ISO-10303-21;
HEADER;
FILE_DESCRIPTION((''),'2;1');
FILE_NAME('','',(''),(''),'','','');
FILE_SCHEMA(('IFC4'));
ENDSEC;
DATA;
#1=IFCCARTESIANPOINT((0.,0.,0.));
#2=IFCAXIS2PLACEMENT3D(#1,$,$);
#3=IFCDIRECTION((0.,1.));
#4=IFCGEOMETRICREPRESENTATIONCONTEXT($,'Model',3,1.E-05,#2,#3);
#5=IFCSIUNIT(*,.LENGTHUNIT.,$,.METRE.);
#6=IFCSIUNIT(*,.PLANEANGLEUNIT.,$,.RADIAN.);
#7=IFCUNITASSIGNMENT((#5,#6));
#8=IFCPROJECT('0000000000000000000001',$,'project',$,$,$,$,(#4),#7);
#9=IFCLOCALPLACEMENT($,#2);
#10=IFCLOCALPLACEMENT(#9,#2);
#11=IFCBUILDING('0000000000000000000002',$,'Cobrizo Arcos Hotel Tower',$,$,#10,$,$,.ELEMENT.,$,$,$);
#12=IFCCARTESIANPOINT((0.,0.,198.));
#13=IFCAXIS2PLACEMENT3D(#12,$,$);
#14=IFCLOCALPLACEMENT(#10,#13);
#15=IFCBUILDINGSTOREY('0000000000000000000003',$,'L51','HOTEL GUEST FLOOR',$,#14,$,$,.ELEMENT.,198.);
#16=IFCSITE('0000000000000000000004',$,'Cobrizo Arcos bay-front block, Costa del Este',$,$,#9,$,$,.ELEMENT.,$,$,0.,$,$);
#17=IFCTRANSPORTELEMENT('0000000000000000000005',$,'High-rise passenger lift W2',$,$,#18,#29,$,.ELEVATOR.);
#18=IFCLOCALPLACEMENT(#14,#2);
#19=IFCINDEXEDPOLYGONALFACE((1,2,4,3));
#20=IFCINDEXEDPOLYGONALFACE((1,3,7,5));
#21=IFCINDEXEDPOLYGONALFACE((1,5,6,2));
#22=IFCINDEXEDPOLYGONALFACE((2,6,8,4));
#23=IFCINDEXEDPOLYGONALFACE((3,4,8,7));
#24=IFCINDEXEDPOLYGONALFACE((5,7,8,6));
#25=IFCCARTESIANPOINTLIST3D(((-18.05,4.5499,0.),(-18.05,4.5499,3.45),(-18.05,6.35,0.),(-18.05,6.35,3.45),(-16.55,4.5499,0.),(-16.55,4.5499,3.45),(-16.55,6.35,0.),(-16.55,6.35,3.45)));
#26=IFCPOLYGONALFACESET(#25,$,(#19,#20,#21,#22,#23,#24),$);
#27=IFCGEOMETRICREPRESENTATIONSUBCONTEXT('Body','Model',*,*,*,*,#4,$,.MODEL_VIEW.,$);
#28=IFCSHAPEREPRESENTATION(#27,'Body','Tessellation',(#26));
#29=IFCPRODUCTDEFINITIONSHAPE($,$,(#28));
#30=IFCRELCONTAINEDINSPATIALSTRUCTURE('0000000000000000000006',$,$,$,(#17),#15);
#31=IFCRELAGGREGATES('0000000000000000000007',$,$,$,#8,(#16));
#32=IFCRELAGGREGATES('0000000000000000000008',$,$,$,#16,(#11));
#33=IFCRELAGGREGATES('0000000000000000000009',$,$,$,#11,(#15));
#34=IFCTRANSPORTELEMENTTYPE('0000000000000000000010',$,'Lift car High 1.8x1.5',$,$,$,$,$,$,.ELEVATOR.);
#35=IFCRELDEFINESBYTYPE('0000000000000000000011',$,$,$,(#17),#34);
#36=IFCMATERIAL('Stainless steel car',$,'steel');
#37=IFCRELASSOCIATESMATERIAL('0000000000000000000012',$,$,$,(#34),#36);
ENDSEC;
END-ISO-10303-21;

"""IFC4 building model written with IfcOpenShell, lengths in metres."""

from ifc_helpers import new_model, si_unit, direction, frame, origin, origin_2d, place, context, subcontext, project, spatial, rectangle, extrude, material, type_object, element, save


model = new_model("IFC4")

# Units and contexts
model_context = context("Model", 3, precision=1e-05, world=origin(), true_north=direction((0.0, 1.0)))
body_context = subcontext(model_context, "Body", "Model", "MODEL_VIEW")
ifc_project = project(units=[si_unit("LENGTHUNIT", "METRE"), si_unit("PLANEANGLEUNIT", "RADIAN")], contexts=[model_context])

# Site, building, storey
site_placement = place(None, origin())
site = spatial("IfcSite", under=ifc_project, at=site_placement, Name="Cobrizo Arcos bay-front block, Costa del Este", CompositionType="ELEMENT", RefElevation=0.0)
building_placement = place(site_placement, origin())
building = spatial("IfcBuilding", under=site, at=building_placement, Name="Cobrizo Arcos Hotel Tower", CompositionType="ELEMENT")
storey_placement = place(building_placement, frame((0.0, 0.0, 198.0)))
storey = spatial("IfcBuildingStorey", under=building, at=storey_placement, Name="L51", Description="HOTEL GUEST FLOOR", CompositionType="ELEMENT", Elevation=198.0)

# Transport element
ifc_material_1 = material(Name="Stainless steel car", Category="steel")
transport_element_type = type_object("IfcTransportElementType", Name="Lift car High 1.8x1.5", PredefinedType="ELEVATOR", material=ifc_material_1)
for number, where, z_axis, x_axis, name in (
    (1, (-17.3, 5.45, 0.0), (0.0, 0.0, 1.0), (1.0, 0.0, 0.0), "High-rise passenger lift W2"),
):
    element("IfcTransportElement", number, at=place(storey_placement, frame(where, z_axis=z_axis, x_axis=x_axis)), inside=storey, type_object=transport_element_type, Name=name, PredefinedType="ELEVATOR", context=body_context, shape_type="SweptSolid", body=[
        extrude(rectangle(XDim=1.5, YDim=1.8, at=origin_2d()), origin(), (0.0, 0.0, 1.0), 3.45),
    ])

save(model, "model.ifc")
